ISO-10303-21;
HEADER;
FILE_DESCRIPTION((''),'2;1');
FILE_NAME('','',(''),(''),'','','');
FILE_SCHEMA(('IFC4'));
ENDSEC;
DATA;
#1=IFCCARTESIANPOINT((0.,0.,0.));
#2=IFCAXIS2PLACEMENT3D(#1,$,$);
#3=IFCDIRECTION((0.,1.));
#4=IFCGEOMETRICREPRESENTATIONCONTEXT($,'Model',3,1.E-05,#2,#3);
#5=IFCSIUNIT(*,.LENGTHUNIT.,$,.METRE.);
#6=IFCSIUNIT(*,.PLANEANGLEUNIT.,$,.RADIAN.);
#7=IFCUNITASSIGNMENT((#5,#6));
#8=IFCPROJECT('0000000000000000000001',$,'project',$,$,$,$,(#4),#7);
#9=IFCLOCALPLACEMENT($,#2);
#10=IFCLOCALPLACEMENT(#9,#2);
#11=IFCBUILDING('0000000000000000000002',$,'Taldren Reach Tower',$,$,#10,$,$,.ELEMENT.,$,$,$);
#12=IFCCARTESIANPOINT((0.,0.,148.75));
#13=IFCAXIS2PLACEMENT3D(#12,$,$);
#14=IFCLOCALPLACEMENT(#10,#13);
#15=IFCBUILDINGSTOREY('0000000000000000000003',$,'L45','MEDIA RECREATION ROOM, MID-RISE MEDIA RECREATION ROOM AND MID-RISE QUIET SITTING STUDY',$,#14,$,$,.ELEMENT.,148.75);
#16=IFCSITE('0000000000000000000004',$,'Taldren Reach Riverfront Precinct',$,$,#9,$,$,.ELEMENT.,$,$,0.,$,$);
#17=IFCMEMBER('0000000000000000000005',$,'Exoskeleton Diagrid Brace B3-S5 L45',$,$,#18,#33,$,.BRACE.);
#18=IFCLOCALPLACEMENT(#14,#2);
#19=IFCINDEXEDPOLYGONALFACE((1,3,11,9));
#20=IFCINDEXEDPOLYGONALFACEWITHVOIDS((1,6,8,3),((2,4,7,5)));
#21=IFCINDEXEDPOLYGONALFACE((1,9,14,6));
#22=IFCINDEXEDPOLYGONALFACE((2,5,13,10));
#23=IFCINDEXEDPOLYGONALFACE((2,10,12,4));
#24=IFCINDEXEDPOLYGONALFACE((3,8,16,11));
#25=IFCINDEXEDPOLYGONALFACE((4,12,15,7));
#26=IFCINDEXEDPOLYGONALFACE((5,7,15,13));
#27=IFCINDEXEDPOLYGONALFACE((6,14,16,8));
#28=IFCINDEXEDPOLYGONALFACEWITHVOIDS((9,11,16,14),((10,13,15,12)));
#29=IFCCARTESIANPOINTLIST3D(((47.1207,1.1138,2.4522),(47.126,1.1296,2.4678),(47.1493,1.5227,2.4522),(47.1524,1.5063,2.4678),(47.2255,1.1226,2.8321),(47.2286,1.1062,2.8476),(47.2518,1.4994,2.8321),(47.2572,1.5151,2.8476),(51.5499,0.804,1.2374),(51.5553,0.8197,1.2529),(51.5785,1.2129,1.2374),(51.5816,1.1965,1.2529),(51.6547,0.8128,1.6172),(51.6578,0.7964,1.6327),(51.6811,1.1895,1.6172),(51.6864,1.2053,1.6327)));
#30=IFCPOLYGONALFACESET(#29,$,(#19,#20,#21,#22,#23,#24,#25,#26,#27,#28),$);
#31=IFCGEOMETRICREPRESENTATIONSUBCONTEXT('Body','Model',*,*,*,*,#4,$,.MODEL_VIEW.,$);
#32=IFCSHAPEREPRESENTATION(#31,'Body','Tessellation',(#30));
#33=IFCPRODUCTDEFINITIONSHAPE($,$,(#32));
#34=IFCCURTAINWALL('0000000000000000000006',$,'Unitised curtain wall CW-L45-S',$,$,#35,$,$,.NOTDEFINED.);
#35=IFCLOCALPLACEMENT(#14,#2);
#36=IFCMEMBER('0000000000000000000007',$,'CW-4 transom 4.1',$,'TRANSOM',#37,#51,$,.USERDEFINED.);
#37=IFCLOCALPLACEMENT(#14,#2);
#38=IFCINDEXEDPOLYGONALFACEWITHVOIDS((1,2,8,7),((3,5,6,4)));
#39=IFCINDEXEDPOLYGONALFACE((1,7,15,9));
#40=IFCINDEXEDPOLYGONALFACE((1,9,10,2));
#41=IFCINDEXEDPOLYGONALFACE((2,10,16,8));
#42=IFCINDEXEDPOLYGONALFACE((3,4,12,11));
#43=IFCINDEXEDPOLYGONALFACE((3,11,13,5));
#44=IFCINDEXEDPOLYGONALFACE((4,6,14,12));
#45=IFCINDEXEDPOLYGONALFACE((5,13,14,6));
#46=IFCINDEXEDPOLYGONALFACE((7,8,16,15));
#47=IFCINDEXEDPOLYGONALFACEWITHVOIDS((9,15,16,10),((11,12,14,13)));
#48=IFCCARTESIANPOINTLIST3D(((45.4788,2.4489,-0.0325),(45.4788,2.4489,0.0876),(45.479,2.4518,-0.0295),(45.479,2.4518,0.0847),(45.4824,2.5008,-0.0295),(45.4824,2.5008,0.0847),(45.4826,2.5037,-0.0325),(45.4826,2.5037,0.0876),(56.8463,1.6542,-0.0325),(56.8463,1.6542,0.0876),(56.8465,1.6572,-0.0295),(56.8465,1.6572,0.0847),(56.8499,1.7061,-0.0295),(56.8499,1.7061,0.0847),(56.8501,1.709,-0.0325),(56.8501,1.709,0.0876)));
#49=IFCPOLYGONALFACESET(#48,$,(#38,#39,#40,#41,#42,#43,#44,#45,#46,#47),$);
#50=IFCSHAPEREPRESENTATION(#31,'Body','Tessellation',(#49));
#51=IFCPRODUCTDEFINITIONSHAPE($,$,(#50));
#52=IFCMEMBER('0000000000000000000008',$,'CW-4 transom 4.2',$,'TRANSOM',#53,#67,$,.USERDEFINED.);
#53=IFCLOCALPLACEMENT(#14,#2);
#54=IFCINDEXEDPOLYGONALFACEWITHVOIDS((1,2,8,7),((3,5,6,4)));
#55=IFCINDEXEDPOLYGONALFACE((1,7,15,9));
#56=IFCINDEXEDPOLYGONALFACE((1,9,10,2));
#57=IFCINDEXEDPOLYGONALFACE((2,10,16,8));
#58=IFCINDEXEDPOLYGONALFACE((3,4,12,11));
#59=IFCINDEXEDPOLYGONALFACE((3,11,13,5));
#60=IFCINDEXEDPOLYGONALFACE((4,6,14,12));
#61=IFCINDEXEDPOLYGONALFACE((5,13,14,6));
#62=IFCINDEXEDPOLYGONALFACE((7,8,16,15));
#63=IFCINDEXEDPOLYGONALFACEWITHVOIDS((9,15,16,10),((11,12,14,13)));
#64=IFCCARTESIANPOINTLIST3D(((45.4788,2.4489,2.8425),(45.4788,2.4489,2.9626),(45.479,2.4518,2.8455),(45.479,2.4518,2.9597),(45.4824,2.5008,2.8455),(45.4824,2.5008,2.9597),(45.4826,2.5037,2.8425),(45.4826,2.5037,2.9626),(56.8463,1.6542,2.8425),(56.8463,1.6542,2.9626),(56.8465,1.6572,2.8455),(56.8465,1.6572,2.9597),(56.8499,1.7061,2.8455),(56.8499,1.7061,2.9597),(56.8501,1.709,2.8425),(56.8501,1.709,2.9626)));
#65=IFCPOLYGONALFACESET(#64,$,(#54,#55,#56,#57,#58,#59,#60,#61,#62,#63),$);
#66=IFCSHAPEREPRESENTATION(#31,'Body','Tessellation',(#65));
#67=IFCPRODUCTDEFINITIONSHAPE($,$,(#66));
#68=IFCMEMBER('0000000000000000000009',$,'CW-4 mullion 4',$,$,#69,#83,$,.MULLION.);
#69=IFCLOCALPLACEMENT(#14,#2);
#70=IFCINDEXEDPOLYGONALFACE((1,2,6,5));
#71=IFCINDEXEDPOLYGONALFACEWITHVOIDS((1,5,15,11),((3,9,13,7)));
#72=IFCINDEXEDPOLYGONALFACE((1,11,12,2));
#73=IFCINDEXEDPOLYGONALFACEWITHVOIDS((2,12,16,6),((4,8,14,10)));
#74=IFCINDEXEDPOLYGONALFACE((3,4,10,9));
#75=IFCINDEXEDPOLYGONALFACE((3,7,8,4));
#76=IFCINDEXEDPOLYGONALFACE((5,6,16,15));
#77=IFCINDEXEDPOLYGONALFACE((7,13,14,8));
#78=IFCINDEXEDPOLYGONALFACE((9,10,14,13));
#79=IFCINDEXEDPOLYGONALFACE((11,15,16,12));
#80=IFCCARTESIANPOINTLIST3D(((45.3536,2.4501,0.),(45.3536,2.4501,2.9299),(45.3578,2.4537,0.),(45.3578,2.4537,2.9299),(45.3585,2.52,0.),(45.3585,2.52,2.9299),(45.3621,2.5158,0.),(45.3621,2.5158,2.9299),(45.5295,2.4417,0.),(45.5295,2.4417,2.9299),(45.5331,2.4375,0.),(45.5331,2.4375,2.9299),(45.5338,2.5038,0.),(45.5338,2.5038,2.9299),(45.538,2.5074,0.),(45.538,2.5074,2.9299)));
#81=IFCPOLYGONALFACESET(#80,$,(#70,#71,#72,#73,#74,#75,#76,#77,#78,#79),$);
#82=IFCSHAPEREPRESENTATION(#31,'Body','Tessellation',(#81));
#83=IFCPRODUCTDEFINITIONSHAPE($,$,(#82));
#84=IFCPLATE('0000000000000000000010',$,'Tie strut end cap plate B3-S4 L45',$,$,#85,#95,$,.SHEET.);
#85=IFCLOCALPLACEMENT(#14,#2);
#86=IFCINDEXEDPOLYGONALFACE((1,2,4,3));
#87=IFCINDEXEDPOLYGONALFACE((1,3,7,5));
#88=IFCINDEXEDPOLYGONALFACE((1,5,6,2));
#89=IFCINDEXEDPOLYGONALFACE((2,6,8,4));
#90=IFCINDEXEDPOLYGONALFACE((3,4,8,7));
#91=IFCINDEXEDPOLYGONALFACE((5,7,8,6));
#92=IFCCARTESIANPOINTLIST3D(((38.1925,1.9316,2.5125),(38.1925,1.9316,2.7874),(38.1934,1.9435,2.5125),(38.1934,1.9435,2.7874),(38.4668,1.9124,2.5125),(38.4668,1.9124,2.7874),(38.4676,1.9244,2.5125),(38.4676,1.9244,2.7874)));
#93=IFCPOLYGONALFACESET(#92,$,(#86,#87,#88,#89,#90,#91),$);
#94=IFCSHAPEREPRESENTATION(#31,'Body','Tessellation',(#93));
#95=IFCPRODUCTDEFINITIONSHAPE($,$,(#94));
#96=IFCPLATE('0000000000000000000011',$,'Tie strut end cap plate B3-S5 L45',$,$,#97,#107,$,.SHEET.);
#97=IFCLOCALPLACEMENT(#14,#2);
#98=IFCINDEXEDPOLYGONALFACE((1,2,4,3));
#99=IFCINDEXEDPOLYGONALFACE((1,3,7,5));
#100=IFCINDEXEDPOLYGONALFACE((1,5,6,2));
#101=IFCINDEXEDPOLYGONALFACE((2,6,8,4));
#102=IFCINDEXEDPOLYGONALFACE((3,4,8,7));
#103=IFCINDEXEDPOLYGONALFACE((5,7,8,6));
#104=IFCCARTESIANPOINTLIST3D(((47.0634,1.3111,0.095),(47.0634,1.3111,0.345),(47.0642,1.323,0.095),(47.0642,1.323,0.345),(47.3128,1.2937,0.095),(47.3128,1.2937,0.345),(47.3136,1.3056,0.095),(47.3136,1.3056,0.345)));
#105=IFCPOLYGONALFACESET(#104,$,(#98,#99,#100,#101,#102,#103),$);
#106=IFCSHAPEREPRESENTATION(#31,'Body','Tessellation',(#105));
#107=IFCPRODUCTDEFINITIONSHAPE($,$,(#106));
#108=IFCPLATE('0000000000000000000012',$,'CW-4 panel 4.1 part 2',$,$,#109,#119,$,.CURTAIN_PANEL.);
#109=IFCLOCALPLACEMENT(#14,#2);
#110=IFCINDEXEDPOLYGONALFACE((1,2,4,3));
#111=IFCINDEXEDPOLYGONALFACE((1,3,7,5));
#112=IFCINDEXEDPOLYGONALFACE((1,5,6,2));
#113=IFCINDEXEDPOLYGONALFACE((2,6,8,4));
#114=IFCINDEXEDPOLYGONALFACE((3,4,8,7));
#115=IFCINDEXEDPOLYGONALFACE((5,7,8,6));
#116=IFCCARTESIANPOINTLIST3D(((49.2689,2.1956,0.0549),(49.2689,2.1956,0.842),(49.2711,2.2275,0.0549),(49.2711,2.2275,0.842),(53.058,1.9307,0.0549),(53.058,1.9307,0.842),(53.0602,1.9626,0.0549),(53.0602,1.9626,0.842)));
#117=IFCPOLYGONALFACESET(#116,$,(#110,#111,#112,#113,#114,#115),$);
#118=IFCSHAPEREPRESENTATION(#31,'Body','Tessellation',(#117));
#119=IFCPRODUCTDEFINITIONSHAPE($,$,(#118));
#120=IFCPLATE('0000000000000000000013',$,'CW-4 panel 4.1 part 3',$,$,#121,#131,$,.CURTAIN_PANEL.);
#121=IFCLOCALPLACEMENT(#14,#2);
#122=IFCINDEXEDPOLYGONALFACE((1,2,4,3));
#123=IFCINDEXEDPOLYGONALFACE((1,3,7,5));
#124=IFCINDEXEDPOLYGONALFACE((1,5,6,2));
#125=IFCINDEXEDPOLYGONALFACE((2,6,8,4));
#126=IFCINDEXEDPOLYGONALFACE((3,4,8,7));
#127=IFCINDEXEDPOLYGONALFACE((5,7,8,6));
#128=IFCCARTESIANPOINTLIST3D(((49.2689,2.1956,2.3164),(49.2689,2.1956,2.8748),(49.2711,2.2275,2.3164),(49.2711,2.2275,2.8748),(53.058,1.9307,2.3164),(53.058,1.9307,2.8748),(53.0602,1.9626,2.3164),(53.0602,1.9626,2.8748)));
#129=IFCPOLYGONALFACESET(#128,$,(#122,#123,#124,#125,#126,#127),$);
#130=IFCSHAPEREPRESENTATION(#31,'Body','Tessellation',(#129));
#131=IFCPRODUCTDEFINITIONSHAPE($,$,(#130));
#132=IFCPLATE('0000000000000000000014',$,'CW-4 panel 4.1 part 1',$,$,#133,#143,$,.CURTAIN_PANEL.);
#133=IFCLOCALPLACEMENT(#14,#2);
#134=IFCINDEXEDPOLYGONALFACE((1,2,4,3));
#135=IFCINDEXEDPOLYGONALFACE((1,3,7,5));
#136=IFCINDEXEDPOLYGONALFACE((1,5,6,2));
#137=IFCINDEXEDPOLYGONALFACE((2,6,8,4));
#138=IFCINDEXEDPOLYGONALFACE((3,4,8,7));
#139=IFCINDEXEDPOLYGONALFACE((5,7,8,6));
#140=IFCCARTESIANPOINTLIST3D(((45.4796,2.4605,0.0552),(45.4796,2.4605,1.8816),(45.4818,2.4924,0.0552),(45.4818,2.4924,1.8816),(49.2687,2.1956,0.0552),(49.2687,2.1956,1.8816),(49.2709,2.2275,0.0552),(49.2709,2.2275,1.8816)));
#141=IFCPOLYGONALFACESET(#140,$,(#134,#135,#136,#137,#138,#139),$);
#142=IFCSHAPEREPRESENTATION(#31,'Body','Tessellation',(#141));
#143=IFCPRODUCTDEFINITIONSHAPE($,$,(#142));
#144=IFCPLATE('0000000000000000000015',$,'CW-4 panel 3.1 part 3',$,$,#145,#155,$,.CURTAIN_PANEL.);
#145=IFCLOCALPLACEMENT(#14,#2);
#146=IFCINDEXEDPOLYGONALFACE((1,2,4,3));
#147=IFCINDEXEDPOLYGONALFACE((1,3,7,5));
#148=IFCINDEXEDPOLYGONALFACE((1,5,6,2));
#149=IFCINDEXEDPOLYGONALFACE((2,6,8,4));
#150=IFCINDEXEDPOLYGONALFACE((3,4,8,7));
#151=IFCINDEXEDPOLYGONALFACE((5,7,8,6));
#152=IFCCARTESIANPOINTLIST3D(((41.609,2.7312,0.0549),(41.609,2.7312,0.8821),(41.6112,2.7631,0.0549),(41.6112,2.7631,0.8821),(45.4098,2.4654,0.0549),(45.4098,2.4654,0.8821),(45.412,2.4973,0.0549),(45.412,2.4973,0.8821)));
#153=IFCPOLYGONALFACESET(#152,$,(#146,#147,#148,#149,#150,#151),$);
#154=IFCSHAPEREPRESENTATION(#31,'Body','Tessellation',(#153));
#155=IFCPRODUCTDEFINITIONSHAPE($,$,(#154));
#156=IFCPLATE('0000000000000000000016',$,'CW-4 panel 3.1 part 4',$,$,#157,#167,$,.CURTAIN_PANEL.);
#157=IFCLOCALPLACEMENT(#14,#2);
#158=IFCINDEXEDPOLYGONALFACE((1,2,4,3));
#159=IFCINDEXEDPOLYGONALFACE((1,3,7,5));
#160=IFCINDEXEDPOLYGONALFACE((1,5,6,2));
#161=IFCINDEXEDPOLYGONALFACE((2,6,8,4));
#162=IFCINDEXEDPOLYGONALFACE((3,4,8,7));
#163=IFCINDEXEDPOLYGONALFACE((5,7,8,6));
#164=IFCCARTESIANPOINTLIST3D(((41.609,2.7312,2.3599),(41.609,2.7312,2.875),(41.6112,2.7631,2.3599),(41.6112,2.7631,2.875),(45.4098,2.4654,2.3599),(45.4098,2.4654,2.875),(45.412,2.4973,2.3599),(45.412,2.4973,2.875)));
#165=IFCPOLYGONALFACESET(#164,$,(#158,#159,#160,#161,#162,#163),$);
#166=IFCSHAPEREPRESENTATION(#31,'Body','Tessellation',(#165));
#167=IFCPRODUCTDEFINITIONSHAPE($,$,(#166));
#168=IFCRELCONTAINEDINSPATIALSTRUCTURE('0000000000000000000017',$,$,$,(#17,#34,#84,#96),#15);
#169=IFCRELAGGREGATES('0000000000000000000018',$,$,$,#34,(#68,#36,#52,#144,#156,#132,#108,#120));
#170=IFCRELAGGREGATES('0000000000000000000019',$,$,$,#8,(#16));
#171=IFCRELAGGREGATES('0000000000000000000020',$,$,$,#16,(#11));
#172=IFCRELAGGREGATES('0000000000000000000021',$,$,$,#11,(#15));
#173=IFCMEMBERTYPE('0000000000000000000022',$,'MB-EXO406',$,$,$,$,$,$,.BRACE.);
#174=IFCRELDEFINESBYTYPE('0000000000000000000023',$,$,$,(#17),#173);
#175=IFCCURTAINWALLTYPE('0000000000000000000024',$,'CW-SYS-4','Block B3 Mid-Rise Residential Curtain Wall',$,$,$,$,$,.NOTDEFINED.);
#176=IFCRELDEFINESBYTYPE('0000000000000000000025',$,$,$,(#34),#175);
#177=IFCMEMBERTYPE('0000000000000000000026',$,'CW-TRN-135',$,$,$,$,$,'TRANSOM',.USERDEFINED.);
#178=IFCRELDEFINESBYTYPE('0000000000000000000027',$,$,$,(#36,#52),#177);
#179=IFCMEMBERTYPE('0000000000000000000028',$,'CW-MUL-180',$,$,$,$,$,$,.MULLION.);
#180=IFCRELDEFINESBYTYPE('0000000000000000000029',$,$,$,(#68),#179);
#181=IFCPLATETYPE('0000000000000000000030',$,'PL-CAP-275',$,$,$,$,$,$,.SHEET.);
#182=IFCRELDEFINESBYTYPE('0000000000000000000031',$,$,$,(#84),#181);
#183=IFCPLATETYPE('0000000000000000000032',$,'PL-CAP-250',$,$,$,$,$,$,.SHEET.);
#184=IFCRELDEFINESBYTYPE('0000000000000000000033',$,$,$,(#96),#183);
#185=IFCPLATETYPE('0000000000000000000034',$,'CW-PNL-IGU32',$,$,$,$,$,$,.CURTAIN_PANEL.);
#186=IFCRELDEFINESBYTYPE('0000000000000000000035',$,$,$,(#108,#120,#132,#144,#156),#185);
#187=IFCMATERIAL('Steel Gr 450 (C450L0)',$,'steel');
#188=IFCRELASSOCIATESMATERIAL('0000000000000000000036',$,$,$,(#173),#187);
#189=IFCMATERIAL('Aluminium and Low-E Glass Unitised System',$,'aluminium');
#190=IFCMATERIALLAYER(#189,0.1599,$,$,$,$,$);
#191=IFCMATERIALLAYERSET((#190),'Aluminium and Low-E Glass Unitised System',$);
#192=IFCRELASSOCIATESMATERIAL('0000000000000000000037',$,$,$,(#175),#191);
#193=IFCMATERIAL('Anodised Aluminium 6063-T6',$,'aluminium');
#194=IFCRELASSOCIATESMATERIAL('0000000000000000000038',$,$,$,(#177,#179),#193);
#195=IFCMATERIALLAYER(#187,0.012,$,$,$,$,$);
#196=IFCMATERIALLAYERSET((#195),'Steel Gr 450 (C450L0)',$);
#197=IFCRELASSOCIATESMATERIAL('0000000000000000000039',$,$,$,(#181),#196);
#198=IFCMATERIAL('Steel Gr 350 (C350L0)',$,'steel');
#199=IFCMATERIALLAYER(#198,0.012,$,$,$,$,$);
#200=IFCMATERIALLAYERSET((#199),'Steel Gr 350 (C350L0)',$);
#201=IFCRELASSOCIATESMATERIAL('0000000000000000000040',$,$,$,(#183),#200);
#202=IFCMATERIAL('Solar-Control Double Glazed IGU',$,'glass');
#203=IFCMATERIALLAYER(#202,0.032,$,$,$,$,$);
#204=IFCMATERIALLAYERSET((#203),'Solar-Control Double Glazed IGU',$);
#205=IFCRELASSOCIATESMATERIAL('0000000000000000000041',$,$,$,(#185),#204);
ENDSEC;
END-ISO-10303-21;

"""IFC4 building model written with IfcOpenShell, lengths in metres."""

from ifc_helpers import new_model, si_unit, direction, frame, origin, origin_2d, place, context, subcontext, project, spatial, rectangle, hollow_rectangle, extrude, source, transform, mapped, material, layer, layer_set, material_profile, profile_set, type_object, element, aggregate, save


model = new_model("IFC4")

# Units and contexts
model_context = context("Model", 3, precision=1e-05, world=origin(), true_north=direction((0.0, 1.0)))
body_context = subcontext(model_context, "Body", "Model", "MODEL_VIEW")
ifc_project = project(units=[si_unit("LENGTHUNIT", "METRE"), si_unit("PLANEANGLEUNIT", "RADIAN")], contexts=[model_context])

# Site, building, storey
site_placement = place(None, origin())
site = spatial("IfcSite", under=ifc_project, at=site_placement, Name="Taldren Reach Riverfront Precinct", CompositionType="ELEMENT", RefElevation=0.0)
building_placement = place(site_placement, origin())
building = spatial("IfcBuilding", under=site, at=building_placement, Name="Taldren Reach Tower", CompositionType="ELEMENT")
storey_placement = place(building_placement, frame((0.0, 0.0, 148.75)))
storey = spatial("IfcBuildingStorey", under=building, at=storey_placement, Name="L45", Description="MEDIA RECREATION ROOM, MID-RISE MEDIA RECREATION ROOM AND MID-RISE QUIET SITTING STUDY", CompositionType="ELEMENT", Elevation=148.75)

# Shared definitions
ifc_material_1 = material(Name="Steel Gr 450 (C450L0)", Category="steel")
ifc_material_2 = material(Name="Steel Gr 350 (C350L0)", Category="steel")

# Member
ifc_material_profile_1 = material_profile(ifc_material_1, hollow_rectangle(XDim=0.4099, YDim=0.4099, WallThickness=0.0161, at=origin_2d()), Name="410x410x16.0SHS")
ifc_profile_set_1 = profile_set([ifc_material_profile_1], Name="Steel Gr 450 (C450L0)")
member_type_1 = type_object("IfcMemberType", Name="MB-EXO406", PredefinedType="BRACE", material=ifc_profile_set_1)
shared_shape_1 = source(origin(), body_context, "Body", "SweptSolid", [
    extrude(hollow_rectangle(XDim=0.4099, YDim=0.4099, WallThickness=0.0161, at=origin_2d()), origin(), (0.0, 0.0, 1.0), 4.6033),
])
for number, where, z_axis, x_axis, name in (
    (1, (51.6182, 1.0046, 1.4351), (-0.962196, 0.067304, 0.263912), (-0.069778, -0.997563, 0.0), "Exoskeleton Diagrid Brace B3-S5 L45"),
):
    element("IfcMember", number, at=place(storey_placement, frame(where, z_axis=z_axis, x_axis=x_axis)), inside=storey, type_object=member_type_1, Name=name, PredefinedType="BRACE", context=body_context, shape_type="MappedRepresentation", body=[
        mapped(shared_shape_1, transform((0.0, 0.0, 0.0), scale=1.0)),
    ])

# Curtain wall, members
ifc_material_3 = material(Name="Aluminium and Low-E Glass Unitised System", Category="aluminium")
ifc_layer_1 = layer(ifc_material_3, 0.1599)
ifc_layer_set_1 = layer_set([ifc_layer_1], Name="Aluminium and Low-E Glass Unitised System")
curtain_wall_type = type_object("IfcCurtainWallType", Name="CW-SYS-4", Description="Block B3 Mid-Rise Residential Curtain Wall", PredefinedType="NOTDEFINED", material=ifc_layer_set_1)
curtain_wall_placement = place(storey_placement, origin())
curtain_wall = element("IfcCurtainWall", 2, at=curtain_wall_placement, inside=storey, type_object=curtain_wall_type, Name="Unitised curtain wall CW-L45-S", PredefinedType="NOTDEFINED")
ifc_material_4 = material(Name="Anodised Aluminium 6063-T6", Category="aluminium")
ifc_material_profile_2 = material_profile(ifc_material_4, hollow_rectangle(XDim=0.0549, YDim=0.1201, WallThickness=0.0029, at=origin_2d()), Name="ALU-120x55x3RHS")
ifc_profile_set_2 = profile_set([ifc_material_profile_2], Name="Anodised Aluminium 6063-T6")
member_type_2 = type_object("IfcMemberType", Name="CW-TRN-135", ElementType="TRANSOM", PredefinedType="USERDEFINED", material=ifc_profile_set_2)
shared_shape_2 = source(origin(), body_context, "Body", "SweptSolid", [
    extrude(hollow_rectangle(XDim=0.0549, YDim=0.1201, WallThickness=0.0029, at=origin_2d()), origin(), (0.0, 0.0, 1.0), 11.3953),
])
member_1_placement = place(storey_placement, frame((45.4807, 2.4763, 0.0276), z_axis=(0.997565, -0.069738, 0.0), x_axis=(0.069738, 0.997565, 0.0)))
member_1 = element("IfcMember", 3, at=member_1_placement, type_object=member_type_2, Name="CW-4 transom 4.1", ObjectType="TRANSOM", PredefinedType="USERDEFINED", context=body_context, shape_type="MappedRepresentation", body=[
    mapped(shared_shape_2, transform((0.0, 0.0, 0.0), scale=1.0)),
])
member_2_placement = place(storey_placement, frame((45.4807, 2.4763, 2.9026), z_axis=(0.997565, -0.069738, 0.0), x_axis=(0.069738, 0.997565, 0.0)))
member_2 = element("IfcMember", 4, at=member_2_placement, type_object=member_type_2, Name="CW-4 transom 4.2", ObjectType="TRANSOM", PredefinedType="USERDEFINED", context=body_context, shape_type="MappedRepresentation", body=[
    mapped(shared_shape_2, transform((0.0, 0.0, 0.0), scale=1.0)),
])
ifc_material_profile_3 = material_profile(ifc_material_4, hollow_rectangle(XDim=0.0701, YDim=0.1799, WallThickness=0.0039, at=origin_2d()), Name="ALU-180x70x4RHS")
ifc_profile_set_3 = profile_set([ifc_material_profile_3], Name="Anodised Aluminium 6063-T6")
member_type_3 = type_object("IfcMemberType", Name="CW-MUL-180", PredefinedType="MULLION", material=ifc_profile_set_3)
shared_shape_3 = source(origin(), body_context, "Body", "SweptSolid", [
    extrude(hollow_rectangle(XDim=0.0701, YDim=0.1799, WallThickness=0.0039, at=origin_2d()), origin(), (0.0, 0.0, 1.0), 2.9299),
])
member_3_placement = place(storey_placement, frame((45.4458, 2.4788, 0.0), z_axis=(0.0, 0.0, 1.0), x_axis=(0.069757, 0.997564, 0.0)))
member_3 = element("IfcMember", 5, at=member_3_placement, type_object=member_type_3, Name="CW-4 mullion 4", PredefinedType="MULLION", context=body_context, shape_type="MappedRepresentation", body=[
    mapped(shared_shape_3, transform((0.0, 0.0, 0.0), scale=1.0)),
])

# Plates
ifc_layer_2 = layer(ifc_material_1, 0.012)
ifc_layer_set_2 = layer_set([ifc_layer_2], Name="Steel Gr 450 (C450L0)")
plate_type_1 = type_object("IfcPlateType", Name="PL-CAP-275", PredefinedType="SHEET", material=ifc_layer_set_2)
shared_shape_4 = source(origin(), body_context, "Body", "SweptSolid", [
    extrude(rectangle(XDim=0.2749, YDim=0.012, at=origin_2d()), origin(), (0.0, 0.0, 1.0), 0.2749),
])
plate_1_placement = place(storey_placement, frame((38.3301, 1.928, 2.5125), z_axis=(0.0, 0.0, 1.0), x_axis=(0.997564, -0.069756, 0.0)))
element("IfcPlate", 6, at=plate_1_placement, inside=storey, type_object=plate_type_1, Name="Tie strut end cap plate B3-S4 L45", PredefinedType="SHEET", context=body_context, shape_type="MappedRepresentation", body=[
    mapped(shared_shape_4, transform((0.0, 0.0, 0.0), scale=1.0)),
])
ifc_layer_3 = layer(ifc_material_2, 0.012)
ifc_layer_set_3 = layer_set([ifc_layer_3], Name="Steel Gr 350 (C350L0)")
plate_type_2 = type_object("IfcPlateType", Name="PL-CAP-250", PredefinedType="SHEET", material=ifc_layer_set_3)
shared_shape_5 = source(origin(), body_context, "Body", "SweptSolid", [
    extrude(rectangle(XDim=0.25, YDim=0.012, at=origin_2d()), origin(), (0.0, 0.0, 1.0), 0.25),
])
plate_2_placement = place(storey_placement, frame((47.1885, 1.3083, 0.095), z_axis=(0.0, 0.0, 1.0), x_axis=(0.997564, -0.069756, 0.0)))
element("IfcPlate", 7, at=plate_2_placement, inside=storey, type_object=plate_type_2, Name="Tie strut end cap plate B3-S5 L45", PredefinedType="SHEET", context=body_context, shape_type="MappedRepresentation", body=[
    mapped(shared_shape_5, transform((0.0, 0.0, 0.0), scale=1.0)),
])

# Plates
ifc_material_5 = material(Name="Solar-Control Double Glazed IGU", Category="glass")
ifc_layer_4 = layer(ifc_material_5, 0.032)
ifc_layer_set_4 = layer_set([ifc_layer_4], Name="Solar-Control Double Glazed IGU")
plate_type_3 = type_object("IfcPlateType", Name="CW-PNL-IGU32", PredefinedType="CURTAIN_PANEL", material=ifc_layer_set_4)
shared_shape_6 = source(origin(), body_context, "Body", "SweptSolid", [
    extrude(rectangle(XDim=3.7983, YDim=0.032, at=origin_2d()), origin(), (0.0, 0.0, 1.0), 0.7871),
])
plate_3_placement = place(storey_placement, frame((51.1646, 2.0791, 0.0549), z_axis=(0.0, 0.0, 1.0), x_axis=(0.997564, -0.069757, 0.0)))
plate_3 = element("IfcPlate", 8, at=plate_3_placement, type_object=plate_type_3, Name="CW-4 panel 4.1 part 2", PredefinedType="CURTAIN_PANEL", context=body_context, shape_type="MappedRepresentation", body=[
    mapped(shared_shape_6, transform((0.0, 0.0, 0.0), scale=1.0)),
])
shared_shape_7 = source(origin(), body_context, "Body", "SweptSolid", [
    extrude(rectangle(XDim=3.7983, YDim=0.032, at=origin_2d()), origin(), (0.0, 0.0, 1.0), 0.5583),
])
plate_4_placement = place(storey_placement, frame((51.1646, 2.0791, 2.3164), z_axis=(0.0, 0.0, 1.0), x_axis=(0.997564, -0.069757, 0.0)))
plate_4 = element("IfcPlate", 9, at=plate_4_placement, type_object=plate_type_3, Name="CW-4 panel 4.1 part 3", PredefinedType="CURTAIN_PANEL", context=body_context, shape_type="MappedRepresentation", body=[
    mapped(shared_shape_7, transform((0.0, 0.0, 0.0), scale=1.0)),
])
shared_shape_8 = source(origin(), body_context, "Body", "SweptSolid", [
    extrude(rectangle(XDim=3.7983, YDim=0.032, at=origin_2d()), origin(), (0.0, 0.0, 1.0), 1.8264),
])
plate_5_placement = place(storey_placement, frame((47.3752, 2.344, 0.0552), z_axis=(0.0, 0.0, 1.0), x_axis=(0.997564, -0.069757, 0.0)))
plate_5 = element("IfcPlate", 10, at=plate_5_placement, type_object=plate_type_3, Name="CW-4 panel 4.1 part 1", PredefinedType="CURTAIN_PANEL", context=body_context, shape_type="MappedRepresentation", body=[
    mapped(shared_shape_8, transform((0.0, 0.0, 0.0), scale=1.0)),
])
shared_shape_9 = source(origin(), body_context, "Body", "SweptSolid", [
    extrude(rectangle(XDim=3.8101, YDim=0.032, at=origin_2d()), origin(), (0.0, 0.0, 1.0), 0.8271),
])
plate_6_placement = place(storey_placement, frame((43.5105, 2.6143, 0.0549), z_axis=(0.0, 0.0, 1.0), x_axis=(0.997564, -0.069757, 0.0)))
plate_6 = element("IfcPlate", 11, at=plate_6_placement, type_object=plate_type_3, Name="CW-4 panel 3.1 part 3", PredefinedType="CURTAIN_PANEL", context=body_context, shape_type="MappedRepresentation", body=[
    mapped(shared_shape_9, transform((0.0, 0.0, 0.0), scale=1.0)),
])
shared_shape_10 = source(origin(), body_context, "Body", "SweptSolid", [
    extrude(rectangle(XDim=3.8101, YDim=0.032, at=origin_2d()), origin(), (0.0, 0.0, 1.0), 0.5151),
])
plate_7_placement = place(storey_placement, frame((43.5105, 2.6143, 2.3599), z_axis=(0.0, 0.0, 1.0), x_axis=(0.997564, -0.069757, 0.0)))
plate_7 = element("IfcPlate", 12, at=plate_7_placement, type_object=plate_type_3, Name="CW-4 panel 3.1 part 4", PredefinedType="CURTAIN_PANEL", context=body_context, shape_type="MappedRepresentation", body=[
    mapped(shared_shape_10, transform((0.0, 0.0, 0.0), scale=1.0)),
])
aggregate(curtain_wall, [member_3, member_1, member_2, plate_6, plate_7, plate_5, plate_3, plate_4])

save(model, "model.ifc")
